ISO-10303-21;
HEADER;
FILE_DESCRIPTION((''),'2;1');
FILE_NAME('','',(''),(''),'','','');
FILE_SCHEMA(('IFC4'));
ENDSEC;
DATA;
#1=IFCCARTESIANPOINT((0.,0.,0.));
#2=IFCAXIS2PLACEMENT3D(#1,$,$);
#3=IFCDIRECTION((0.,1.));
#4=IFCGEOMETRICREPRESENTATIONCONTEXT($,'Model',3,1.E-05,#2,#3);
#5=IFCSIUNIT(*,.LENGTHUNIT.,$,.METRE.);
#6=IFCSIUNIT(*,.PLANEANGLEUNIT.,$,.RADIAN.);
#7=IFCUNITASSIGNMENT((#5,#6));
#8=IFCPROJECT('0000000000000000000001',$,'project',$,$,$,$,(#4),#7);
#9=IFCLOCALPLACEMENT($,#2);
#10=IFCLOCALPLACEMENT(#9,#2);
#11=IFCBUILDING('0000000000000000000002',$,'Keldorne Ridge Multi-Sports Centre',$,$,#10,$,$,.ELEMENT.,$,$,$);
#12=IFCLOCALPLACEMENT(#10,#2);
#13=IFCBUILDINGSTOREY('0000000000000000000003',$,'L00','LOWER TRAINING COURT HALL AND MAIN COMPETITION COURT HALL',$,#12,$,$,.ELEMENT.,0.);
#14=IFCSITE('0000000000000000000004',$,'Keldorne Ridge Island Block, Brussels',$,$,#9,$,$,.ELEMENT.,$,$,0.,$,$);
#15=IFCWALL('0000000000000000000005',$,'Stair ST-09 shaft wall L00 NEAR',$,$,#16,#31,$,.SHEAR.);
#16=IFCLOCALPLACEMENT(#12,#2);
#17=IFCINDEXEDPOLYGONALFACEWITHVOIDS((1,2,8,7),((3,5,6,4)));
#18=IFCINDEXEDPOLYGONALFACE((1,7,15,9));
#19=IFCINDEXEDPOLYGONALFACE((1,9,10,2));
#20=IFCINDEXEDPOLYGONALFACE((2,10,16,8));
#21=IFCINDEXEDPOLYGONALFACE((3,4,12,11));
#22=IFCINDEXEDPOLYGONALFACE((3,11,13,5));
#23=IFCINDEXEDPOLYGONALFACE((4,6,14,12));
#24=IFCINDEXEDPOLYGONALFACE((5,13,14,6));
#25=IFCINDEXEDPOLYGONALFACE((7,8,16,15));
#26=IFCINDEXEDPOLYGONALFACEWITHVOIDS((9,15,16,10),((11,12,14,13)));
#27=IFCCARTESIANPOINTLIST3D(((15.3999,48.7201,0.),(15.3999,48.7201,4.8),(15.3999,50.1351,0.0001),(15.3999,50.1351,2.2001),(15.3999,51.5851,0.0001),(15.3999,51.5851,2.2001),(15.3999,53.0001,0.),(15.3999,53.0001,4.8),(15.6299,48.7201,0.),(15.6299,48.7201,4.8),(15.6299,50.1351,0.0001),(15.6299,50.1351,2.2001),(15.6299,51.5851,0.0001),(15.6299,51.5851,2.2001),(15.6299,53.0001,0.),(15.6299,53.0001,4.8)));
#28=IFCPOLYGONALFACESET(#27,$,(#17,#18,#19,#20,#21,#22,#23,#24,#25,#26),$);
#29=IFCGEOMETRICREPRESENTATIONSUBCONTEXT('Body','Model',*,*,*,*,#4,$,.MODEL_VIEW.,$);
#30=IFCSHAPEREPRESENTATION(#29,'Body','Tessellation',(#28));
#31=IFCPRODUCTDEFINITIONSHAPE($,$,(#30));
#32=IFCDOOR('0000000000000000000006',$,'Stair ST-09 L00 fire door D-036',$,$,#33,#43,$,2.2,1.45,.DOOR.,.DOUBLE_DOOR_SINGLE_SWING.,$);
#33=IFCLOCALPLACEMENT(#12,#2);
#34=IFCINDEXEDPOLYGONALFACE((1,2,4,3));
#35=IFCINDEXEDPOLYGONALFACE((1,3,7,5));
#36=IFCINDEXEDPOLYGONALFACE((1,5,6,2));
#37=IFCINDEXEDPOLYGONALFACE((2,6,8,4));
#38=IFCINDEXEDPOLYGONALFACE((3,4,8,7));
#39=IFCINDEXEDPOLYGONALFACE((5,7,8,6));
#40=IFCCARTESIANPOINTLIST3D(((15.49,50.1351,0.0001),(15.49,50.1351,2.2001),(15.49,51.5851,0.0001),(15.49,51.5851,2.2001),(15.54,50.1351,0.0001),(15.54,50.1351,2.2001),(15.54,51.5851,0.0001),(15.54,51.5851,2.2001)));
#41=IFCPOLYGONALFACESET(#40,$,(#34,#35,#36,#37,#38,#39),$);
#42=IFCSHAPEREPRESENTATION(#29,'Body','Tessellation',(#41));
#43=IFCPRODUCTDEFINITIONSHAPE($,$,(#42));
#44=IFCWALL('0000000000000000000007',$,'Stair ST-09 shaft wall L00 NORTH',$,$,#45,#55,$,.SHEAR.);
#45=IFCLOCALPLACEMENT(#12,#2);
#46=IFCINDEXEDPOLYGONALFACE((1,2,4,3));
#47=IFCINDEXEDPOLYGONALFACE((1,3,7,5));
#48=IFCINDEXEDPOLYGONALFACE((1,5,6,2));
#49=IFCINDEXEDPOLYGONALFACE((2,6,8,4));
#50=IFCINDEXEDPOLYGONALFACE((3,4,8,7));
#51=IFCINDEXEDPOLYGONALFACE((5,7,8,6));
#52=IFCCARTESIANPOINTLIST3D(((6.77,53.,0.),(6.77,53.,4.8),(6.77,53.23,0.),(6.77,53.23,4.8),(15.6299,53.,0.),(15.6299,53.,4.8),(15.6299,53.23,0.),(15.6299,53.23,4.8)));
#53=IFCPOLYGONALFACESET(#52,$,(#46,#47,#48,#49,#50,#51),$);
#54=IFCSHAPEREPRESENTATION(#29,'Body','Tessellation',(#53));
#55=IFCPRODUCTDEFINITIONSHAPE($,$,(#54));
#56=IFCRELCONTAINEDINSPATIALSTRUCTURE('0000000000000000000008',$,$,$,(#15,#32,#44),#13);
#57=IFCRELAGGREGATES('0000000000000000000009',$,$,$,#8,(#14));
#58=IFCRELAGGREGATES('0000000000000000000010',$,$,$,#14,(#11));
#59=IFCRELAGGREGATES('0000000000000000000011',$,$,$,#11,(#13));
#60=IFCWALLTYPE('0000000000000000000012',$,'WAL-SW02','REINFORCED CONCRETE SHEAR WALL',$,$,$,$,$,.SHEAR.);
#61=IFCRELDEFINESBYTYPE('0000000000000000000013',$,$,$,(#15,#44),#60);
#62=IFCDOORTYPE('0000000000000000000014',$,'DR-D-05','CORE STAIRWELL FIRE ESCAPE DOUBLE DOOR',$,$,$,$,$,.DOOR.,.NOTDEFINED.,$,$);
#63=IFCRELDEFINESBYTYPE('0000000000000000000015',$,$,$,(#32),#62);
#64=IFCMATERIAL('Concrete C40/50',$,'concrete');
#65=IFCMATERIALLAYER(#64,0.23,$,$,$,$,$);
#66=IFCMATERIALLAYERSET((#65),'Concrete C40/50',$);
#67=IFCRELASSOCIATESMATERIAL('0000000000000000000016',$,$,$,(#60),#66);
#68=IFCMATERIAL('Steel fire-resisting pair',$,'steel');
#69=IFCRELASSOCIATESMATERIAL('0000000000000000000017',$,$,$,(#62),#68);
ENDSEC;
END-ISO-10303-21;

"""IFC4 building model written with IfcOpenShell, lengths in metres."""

from ifc_helpers import new_model, si_unit, direction, frame, frame_2d, origin, place, context, subcontext, project, spatial, rectangle, extrude, material, layer, layer_set, type_object, element, fill, save


model = new_model("IFC4")

# Units and contexts
model_context = context("Model", 3, precision=1e-05, world=origin(), true_north=direction((0.0, 1.0)))
body_context = subcontext(model_context, "Body", "Model", "MODEL_VIEW")
ifc_project = project(units=[si_unit("LENGTHUNIT", "METRE"), si_unit("PLANEANGLEUNIT", "RADIAN")], contexts=[model_context])

# Site, building, storey
site_placement = place(None, origin())
site = spatial("IfcSite", under=ifc_project, at=site_placement, Name="Keldorne Ridge Island Block, Brussels", CompositionType="ELEMENT", RefElevation=0.0)
building_placement = place(site_placement, origin())
building = spatial("IfcBuilding", under=site, at=building_placement, Name="Keldorne Ridge Multi-Sports Centre", CompositionType="ELEMENT")
storey_placement = place(building_placement, origin())
storey = spatial("IfcBuildingStorey", under=building, at=storey_placement, Name="L00", Description="LOWER TRAINING COURT HALL AND MAIN COMPETITION COURT HALL", CompositionType="ELEMENT", Elevation=0.0)

# Wall, opening, door
ifc_material_1 = material(Name="Concrete C40/50", Category="concrete")
ifc_layer_1 = layer(ifc_material_1, 0.23)
ifc_layer_set_1 = layer_set([ifc_layer_1], Name="Concrete C40/50")
wall_type_1 = type_object("IfcWallType", Name="WAL-SW02", Description="REINFORCED CONCRETE SHEAR WALL", PredefinedType="SHEAR", material=ifc_layer_set_1)
wall_1_placement = place(storey_placement, frame((15.5149, 48.72, 0.0), z_axis=(0.0, 0.0, 1.0), x_axis=(0.0, 1.0, 0.0)))
wall_1 = element("IfcWall", 1, at=wall_1_placement, inside=storey, type_object=wall_type_1, Name="Stair ST-09 shaft wall L00 NEAR", PredefinedType="SHEAR", context=body_context, shape_type="SweptSolid", body=[
    extrude(rectangle(XDim=4.28, YDim=0.23, at=frame_2d((2.1401, 0.0))), origin(), (0.0, 0.0, 1.0), 4.8),
])
opening_1_placement = place(wall_1_placement, frame((1.415, 0.0, 0.0)))
opening_1 = element("IfcOpeningElement", 2, at=opening_1_placement, cuts=wall_1, PredefinedType="OPENING", context=body_context, shape_type="SweptSolid", body=[
    extrude(rectangle(XDim=1.45, YDim=2.2, at=frame_2d((0.7251, 1.1001))), frame((0.0, 0.125, 0.0), z_axis=(0.0, -1.0, 0.0), x_axis=(1.0, 0.0, 0.0)), (0.0, 0.0, 1.0), 0.25),
])
ifc_material_2 = material(Name="Steel fire-resisting pair", Category="steel")
door_type_1 = type_object("IfcDoorType", Name="DR-D-05", Description="CORE STAIRWELL FIRE ESCAPE DOUBLE DOOR", OperationType="NOTDEFINED", PredefinedType="DOOR", material=ifc_material_2)
door_1_placement = place(opening_1_placement, origin())
door_1 = element("IfcDoor", 3, at=door_1_placement, inside=storey, type_object=door_type_1, Name="Stair ST-09 L00 fire door D-036", OperationType="DOUBLE_DOOR_SINGLE_SWING", OverallHeight=2.2, OverallWidth=1.45, PredefinedType="DOOR", context=body_context, shape_type="SweptSolid", body=[
    extrude(rectangle(XDim=1.45, YDim=2.2, at=frame_2d((0.7251, 1.1001))), frame((0.0, 0.0249, 0.0), z_axis=(0.0, -1.0, 0.0), x_axis=(1.0, 0.0, 0.0)), (0.0, 0.0, 1.0), 0.05),
])
fill(opening_1, door_1)

# Wall
wall_2_placement = place(storey_placement, frame((15.6299, 53.115, 0.0), z_axis=(0.0, 0.0, 1.0), x_axis=(-1.0, 0.0, 0.0)))
element("IfcWall", 4, at=wall_2_placement, inside=storey, type_object=wall_type_1, Name="Stair ST-09 shaft wall L00 NORTH", PredefinedType="SHEAR", context=body_context, shape_type="SweptSolid", body=[
    extrude(rectangle(XDim=8.8599, YDim=0.23, at=frame_2d((4.4299, 0.0))), origin(), (0.0, 0.0, 1.0), 4.8),
])

save(model, "model.ifc")
